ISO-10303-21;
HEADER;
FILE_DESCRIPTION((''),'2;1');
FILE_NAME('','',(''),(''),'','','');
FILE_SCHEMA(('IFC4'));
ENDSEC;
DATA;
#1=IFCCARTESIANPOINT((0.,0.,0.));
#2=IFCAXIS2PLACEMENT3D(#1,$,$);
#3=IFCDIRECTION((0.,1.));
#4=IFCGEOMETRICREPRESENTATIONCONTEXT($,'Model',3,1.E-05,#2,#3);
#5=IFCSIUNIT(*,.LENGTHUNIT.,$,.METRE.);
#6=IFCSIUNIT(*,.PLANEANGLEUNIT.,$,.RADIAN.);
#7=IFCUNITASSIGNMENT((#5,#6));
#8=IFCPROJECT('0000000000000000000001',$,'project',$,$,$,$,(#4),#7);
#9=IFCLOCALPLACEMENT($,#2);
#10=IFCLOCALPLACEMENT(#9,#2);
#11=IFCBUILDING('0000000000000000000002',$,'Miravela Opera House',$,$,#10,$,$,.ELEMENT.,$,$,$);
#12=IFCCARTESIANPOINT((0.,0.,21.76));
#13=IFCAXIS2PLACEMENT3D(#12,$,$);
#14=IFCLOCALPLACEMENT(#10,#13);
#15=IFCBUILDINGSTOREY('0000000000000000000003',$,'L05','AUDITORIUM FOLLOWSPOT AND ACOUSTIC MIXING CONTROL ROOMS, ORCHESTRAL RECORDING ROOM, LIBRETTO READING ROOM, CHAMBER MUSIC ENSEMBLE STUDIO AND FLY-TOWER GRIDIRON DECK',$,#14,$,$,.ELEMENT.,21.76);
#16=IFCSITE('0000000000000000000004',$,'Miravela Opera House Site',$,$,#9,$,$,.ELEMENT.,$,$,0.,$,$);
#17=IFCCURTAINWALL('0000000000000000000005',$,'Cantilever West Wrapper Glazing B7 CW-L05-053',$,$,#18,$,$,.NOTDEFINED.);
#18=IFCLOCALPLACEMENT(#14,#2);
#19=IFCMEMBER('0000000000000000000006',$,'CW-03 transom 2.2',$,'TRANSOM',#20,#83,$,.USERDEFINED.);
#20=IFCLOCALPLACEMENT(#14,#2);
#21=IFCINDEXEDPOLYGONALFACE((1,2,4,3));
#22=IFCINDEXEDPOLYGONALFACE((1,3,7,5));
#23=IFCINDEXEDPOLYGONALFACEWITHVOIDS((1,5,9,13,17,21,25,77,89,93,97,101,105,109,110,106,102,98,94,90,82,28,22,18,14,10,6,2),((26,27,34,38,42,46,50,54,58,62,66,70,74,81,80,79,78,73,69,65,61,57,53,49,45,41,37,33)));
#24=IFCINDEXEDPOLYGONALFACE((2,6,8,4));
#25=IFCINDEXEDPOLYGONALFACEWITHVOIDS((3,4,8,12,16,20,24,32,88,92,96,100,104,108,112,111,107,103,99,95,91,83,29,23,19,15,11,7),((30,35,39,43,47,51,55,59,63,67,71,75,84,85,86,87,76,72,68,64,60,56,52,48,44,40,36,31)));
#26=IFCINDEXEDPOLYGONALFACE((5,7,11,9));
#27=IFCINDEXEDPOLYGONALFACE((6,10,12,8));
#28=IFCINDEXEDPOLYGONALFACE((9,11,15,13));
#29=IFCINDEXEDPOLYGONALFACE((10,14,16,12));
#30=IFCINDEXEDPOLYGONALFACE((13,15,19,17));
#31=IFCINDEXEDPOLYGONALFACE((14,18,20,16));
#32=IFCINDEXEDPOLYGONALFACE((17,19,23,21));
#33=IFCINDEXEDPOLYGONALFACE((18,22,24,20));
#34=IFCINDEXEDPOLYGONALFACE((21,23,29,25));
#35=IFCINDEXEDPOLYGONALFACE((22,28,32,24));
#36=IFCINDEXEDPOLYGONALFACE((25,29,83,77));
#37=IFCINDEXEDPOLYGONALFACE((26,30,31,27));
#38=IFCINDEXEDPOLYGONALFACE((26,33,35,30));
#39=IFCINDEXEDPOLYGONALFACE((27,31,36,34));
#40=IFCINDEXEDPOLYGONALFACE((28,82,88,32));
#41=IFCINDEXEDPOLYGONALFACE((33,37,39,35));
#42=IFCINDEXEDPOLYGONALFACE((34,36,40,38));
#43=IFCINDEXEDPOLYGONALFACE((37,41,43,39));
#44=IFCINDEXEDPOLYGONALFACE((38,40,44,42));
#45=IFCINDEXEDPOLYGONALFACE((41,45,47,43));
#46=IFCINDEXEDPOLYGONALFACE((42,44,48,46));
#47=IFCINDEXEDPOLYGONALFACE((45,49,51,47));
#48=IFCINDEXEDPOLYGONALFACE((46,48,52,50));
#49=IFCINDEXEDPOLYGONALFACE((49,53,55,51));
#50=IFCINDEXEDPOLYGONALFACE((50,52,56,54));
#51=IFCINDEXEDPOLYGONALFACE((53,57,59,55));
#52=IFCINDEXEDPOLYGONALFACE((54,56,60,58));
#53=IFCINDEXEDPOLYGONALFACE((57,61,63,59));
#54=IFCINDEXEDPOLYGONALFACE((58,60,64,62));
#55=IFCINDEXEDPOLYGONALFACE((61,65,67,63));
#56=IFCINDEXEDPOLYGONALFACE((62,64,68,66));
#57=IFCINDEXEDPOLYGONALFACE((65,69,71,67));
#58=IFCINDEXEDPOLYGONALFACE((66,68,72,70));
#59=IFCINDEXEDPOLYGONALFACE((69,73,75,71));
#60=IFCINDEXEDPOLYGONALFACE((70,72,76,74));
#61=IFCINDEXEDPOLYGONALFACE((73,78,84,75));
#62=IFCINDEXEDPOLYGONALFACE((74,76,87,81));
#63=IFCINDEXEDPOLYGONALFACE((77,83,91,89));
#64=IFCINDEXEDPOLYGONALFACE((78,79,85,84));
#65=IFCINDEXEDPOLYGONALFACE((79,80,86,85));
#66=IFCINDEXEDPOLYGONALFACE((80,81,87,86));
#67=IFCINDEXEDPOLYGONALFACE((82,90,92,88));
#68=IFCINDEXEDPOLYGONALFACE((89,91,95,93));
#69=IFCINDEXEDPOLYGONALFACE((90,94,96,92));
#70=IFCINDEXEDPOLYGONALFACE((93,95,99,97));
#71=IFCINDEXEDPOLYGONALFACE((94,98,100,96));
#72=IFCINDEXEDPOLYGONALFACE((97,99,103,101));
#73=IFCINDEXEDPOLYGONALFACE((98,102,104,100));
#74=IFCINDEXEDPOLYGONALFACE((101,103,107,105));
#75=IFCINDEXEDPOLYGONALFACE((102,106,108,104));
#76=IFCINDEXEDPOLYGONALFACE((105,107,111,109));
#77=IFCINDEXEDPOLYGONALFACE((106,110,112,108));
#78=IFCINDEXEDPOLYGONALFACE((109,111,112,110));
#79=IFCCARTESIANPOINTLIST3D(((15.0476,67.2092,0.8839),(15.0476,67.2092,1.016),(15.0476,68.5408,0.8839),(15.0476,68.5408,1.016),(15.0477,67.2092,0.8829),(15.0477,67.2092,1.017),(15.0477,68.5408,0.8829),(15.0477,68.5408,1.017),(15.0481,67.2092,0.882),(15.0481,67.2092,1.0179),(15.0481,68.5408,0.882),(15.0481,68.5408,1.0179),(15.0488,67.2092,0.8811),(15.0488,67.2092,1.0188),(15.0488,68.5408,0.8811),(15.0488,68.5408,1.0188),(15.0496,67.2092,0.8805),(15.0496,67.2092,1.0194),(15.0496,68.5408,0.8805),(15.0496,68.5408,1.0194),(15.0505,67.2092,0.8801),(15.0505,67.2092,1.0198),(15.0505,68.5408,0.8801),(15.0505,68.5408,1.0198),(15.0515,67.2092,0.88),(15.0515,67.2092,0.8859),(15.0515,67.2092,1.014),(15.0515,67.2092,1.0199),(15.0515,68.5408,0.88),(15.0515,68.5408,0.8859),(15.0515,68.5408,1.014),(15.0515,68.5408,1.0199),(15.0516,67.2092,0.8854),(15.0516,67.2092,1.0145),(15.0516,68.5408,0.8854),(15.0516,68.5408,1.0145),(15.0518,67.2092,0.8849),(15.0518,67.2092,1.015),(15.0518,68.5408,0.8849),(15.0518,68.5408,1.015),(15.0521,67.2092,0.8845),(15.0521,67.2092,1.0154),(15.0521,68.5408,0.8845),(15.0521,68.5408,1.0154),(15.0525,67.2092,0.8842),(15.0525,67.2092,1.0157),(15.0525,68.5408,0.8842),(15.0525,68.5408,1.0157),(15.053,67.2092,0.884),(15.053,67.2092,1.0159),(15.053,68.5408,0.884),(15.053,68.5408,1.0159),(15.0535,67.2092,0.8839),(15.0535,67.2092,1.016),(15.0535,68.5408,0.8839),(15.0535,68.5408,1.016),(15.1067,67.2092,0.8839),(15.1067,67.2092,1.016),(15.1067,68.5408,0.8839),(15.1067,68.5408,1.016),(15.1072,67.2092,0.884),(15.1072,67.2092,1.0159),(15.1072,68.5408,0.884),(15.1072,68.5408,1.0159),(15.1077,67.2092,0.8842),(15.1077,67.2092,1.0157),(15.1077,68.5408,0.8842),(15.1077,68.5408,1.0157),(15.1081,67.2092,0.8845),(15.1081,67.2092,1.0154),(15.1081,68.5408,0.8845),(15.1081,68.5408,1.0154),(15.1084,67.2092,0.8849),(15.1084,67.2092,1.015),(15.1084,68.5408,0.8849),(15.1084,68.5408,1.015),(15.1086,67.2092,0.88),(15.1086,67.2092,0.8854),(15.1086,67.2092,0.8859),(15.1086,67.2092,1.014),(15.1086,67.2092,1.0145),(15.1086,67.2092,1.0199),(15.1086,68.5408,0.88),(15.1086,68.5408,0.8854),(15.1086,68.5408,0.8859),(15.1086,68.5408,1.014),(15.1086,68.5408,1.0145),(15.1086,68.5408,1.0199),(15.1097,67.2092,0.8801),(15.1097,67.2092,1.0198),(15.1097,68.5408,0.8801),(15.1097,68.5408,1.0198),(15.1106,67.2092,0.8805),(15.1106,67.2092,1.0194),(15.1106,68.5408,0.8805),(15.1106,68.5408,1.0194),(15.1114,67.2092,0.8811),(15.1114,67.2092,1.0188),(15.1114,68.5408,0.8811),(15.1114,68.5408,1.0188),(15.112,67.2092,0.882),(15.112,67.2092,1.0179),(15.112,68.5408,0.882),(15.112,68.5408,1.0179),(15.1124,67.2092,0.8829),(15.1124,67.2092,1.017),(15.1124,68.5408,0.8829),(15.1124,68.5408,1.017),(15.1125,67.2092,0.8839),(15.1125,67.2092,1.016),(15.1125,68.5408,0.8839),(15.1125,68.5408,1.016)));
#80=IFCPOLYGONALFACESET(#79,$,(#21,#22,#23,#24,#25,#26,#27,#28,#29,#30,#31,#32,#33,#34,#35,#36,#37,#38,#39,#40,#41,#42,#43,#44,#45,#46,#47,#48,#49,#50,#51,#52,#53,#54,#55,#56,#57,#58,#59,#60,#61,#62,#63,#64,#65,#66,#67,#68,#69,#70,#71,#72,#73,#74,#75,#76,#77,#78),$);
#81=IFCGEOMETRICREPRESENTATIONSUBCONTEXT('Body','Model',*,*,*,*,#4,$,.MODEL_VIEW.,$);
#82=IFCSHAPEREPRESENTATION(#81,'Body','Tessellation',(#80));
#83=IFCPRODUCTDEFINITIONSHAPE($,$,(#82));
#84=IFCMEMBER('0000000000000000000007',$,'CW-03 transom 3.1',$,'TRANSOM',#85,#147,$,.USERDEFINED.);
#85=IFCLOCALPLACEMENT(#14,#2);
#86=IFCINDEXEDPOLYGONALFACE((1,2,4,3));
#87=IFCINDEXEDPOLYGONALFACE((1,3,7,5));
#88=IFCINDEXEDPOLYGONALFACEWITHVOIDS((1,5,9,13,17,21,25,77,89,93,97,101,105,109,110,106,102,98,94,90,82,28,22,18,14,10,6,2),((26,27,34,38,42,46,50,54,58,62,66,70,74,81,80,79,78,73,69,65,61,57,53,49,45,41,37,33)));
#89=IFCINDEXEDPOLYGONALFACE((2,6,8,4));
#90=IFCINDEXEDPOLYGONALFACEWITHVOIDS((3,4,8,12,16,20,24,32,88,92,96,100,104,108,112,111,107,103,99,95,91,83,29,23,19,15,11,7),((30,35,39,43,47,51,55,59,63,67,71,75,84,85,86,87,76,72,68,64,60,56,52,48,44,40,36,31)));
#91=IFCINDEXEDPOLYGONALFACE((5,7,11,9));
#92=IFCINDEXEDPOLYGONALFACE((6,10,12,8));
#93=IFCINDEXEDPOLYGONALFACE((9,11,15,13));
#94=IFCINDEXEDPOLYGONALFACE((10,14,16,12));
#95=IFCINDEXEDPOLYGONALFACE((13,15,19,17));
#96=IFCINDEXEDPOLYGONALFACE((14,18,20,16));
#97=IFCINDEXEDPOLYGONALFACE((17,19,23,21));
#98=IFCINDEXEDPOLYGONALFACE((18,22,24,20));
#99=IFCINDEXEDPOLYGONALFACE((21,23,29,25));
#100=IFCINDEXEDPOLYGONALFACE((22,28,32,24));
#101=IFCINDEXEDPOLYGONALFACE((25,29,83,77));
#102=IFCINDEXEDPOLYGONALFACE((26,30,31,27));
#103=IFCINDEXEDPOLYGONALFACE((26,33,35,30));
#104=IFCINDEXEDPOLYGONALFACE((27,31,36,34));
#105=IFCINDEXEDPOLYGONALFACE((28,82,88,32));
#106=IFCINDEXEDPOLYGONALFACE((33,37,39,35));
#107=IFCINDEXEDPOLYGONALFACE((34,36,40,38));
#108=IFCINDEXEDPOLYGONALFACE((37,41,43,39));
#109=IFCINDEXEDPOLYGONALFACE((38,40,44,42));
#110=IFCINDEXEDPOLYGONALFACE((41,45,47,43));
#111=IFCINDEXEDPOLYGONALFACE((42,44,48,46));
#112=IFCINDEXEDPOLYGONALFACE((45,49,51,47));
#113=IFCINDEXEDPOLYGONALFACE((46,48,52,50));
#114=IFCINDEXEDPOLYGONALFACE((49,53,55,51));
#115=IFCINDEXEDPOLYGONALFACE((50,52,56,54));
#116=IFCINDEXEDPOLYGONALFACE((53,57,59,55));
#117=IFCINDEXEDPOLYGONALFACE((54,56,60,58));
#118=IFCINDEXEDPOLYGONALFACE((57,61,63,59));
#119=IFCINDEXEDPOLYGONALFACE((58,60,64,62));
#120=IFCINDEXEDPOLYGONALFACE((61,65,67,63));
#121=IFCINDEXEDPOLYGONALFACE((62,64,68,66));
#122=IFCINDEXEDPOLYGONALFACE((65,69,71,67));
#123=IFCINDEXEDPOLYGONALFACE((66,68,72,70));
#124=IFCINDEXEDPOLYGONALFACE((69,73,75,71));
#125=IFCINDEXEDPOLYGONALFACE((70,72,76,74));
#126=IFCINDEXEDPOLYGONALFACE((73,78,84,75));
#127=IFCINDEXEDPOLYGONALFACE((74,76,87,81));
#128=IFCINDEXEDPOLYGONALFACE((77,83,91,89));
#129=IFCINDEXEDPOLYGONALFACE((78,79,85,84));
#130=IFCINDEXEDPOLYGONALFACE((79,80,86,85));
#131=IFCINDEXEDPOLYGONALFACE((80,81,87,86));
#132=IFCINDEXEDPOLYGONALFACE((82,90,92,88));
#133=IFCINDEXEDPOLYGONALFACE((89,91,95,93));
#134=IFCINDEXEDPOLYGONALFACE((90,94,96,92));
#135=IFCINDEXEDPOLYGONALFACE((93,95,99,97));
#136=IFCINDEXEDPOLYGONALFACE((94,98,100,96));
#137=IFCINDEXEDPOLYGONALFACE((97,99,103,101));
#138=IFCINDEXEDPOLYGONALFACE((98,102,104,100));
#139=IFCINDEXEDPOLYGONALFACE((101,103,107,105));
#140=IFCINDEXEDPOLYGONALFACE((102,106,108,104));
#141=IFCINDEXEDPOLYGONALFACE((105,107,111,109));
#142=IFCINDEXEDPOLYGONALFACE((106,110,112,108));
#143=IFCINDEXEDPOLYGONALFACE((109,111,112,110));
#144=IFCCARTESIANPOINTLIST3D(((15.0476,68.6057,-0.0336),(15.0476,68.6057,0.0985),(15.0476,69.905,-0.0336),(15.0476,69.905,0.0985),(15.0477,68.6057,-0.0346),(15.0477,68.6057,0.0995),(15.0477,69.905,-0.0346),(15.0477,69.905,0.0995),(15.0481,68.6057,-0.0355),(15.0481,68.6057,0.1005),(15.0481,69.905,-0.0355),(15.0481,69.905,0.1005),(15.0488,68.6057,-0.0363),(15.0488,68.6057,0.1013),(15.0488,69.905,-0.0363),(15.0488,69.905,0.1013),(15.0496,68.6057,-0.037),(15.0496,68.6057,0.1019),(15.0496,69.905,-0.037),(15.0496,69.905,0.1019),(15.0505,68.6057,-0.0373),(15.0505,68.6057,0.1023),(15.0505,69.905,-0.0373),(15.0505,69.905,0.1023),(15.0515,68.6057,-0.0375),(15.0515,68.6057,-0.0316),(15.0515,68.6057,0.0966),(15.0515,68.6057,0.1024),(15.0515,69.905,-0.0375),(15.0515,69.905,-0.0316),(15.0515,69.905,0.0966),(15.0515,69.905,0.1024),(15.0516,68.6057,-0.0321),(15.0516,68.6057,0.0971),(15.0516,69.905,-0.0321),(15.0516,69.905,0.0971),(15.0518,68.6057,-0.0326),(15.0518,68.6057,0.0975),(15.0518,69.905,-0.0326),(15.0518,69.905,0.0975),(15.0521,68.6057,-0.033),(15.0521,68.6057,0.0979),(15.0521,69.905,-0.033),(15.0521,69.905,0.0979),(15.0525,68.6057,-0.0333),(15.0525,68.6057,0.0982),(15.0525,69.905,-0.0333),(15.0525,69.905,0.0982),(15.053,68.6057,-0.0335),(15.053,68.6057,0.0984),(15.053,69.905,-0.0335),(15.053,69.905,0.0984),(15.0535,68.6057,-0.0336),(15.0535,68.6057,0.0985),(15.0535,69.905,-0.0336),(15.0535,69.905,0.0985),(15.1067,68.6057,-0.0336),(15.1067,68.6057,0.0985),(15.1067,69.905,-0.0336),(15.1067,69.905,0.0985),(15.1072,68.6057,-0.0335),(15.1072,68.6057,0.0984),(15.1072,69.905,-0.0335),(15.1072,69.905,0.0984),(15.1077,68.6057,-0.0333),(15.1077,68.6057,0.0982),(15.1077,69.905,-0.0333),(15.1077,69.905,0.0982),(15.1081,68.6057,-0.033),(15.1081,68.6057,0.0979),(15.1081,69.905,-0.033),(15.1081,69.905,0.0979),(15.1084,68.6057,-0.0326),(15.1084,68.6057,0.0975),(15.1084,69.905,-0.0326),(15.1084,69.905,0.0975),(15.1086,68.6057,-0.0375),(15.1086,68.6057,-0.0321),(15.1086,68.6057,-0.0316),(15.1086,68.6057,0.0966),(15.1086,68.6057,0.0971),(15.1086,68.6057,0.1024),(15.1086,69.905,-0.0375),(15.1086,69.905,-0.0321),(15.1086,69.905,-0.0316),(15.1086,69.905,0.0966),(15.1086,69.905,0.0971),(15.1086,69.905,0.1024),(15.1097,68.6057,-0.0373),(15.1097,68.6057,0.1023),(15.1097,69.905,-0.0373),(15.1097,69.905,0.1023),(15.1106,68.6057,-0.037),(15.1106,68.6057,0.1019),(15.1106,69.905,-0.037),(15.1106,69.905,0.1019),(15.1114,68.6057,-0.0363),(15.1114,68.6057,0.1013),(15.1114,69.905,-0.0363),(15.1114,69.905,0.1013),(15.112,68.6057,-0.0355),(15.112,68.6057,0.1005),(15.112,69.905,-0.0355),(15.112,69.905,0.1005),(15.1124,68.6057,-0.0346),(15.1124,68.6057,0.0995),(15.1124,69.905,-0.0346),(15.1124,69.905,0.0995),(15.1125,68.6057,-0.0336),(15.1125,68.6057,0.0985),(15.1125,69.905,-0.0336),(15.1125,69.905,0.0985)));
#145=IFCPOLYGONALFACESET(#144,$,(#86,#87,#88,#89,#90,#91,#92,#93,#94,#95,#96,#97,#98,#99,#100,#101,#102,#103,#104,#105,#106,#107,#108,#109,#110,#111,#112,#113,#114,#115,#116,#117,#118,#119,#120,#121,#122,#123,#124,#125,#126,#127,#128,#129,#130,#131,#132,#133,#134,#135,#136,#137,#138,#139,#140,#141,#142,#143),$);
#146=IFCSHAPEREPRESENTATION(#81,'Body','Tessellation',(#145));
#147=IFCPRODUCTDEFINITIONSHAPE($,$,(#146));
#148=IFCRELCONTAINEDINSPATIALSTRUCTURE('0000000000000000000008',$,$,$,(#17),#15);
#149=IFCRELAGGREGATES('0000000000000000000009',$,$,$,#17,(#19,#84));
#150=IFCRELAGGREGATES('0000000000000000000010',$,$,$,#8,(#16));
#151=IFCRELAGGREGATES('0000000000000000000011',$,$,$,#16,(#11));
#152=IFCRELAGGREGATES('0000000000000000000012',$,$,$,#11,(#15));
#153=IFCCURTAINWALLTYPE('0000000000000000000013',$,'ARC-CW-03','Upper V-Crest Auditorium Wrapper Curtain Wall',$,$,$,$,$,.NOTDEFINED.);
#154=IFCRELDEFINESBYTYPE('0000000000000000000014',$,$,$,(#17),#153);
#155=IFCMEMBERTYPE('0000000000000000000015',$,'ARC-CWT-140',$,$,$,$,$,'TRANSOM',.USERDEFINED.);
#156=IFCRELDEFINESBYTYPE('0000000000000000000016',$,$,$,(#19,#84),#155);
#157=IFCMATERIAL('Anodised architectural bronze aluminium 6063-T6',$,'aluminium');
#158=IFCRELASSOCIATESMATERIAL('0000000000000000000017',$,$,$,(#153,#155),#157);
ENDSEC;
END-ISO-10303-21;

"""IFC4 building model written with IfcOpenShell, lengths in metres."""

from ifc_helpers import new_model, si_unit, direction, frame, origin, origin_2d, place, context, subcontext, project, spatial, hollow_rectangle, extrude, material, material_profile, profile_set, type_object, element, aggregate, save


model = new_model("IFC4")

# Units and contexts
model_context = context("Model", 3, precision=1e-05, world=origin(), true_north=direction((0.0, 1.0)))
body_context = subcontext(model_context, "Body", "Model", "MODEL_VIEW")
ifc_project = project(units=[si_unit("LENGTHUNIT", "METRE"), si_unit("PLANEANGLEUNIT", "RADIAN")], contexts=[model_context])

# Site, building, storey
site_placement = place(None, origin())
site = spatial("IfcSite", under=ifc_project, at=site_placement, Name="Miravela Opera House Site", CompositionType="ELEMENT", RefElevation=0.0)
building_placement = place(site_placement, origin())
building = spatial("IfcBuilding", under=site, at=building_placement, Name="Miravela Opera House", CompositionType="ELEMENT")
storey_placement = place(building_placement, frame((0.0, 0.0, 21.76)))
storey = spatial("IfcBuildingStorey", under=building, at=storey_placement, Name="L05", Description="AUDITORIUM FOLLOWSPOT AND ACOUSTIC MIXING CONTROL ROOMS, ORCHESTRAL RECORDING ROOM, LIBRETTO READING ROOM, CHAMBER MUSIC ENSEMBLE STUDIO AND FLY-TOWER GRIDIRON DECK", CompositionType="ELEMENT", Elevation=21.76)

# Curtain wall
ifc_material_1 = material(Name="Anodised architectural bronze aluminium 6063-T6", Category="aluminium")
curtain_wall_type = type_object("IfcCurtainWallType", Name="ARC-CW-03", Description="Upper V-Crest Auditorium Wrapper Curtain Wall", PredefinedType="NOTDEFINED", material=ifc_material_1)
curtain_wall_1_placement = place(storey_placement, origin())
curtain_wall_1 = element("IfcCurtainWall", 1, at=curtain_wall_1_placement, inside=storey, type_object=curtain_wall_type, Name="Cantilever West Wrapper Glazing B7 CW-L05-053", PredefinedType="NOTDEFINED")

# Members
ifc_material_profile_1 = material_profile(ifc_material_1, hollow_rectangle(XDim=0.0649, YDim=0.1399, WallThickness=0.0039, InnerFilletRadius=0.002, OuterFilletRadius=0.0039, at=origin_2d()), Name="CWT-65X140")
ifc_profile_set_1 = profile_set([ifc_material_profile_1])
member_type_1 = type_object("IfcMemberType", Name="ARC-CWT-140", ElementType="TRANSOM", PredefinedType="USERDEFINED", material=ifc_profile_set_1)
member_1_placement = place(storey_placement, frame((15.0801, 67.2092, 0.95), z_axis=(0.0, 1.0, 0.0), x_axis=(-1.0, 0.0, 0.0)))
member_1 = element("IfcMember", 2, at=member_1_placement, type_object=member_type_1, Name="CW-03 transom 2.2", ObjectType="TRANSOM", PredefinedType="USERDEFINED", context=body_context, shape_type="SweptSolid", body=[
    extrude(hollow_rectangle(XDim=0.0649, YDim=0.1399, WallThickness=0.0039, InnerFilletRadius=0.002, OuterFilletRadius=0.0039, at=origin_2d()), origin(), (0.0, 0.0, 1.0), 1.3315),
])
member_2_placement = place(storey_placement, frame((15.0801, 68.6057, 0.0325), z_axis=(0.0, 1.0, 0.0), x_axis=(-1.0, 0.0, 0.0)))
member_2 = element("IfcMember", 3, at=member_2_placement, type_object=member_type_1, Name="CW-03 transom 3.1", ObjectType="TRANSOM", PredefinedType="USERDEFINED", context=body_context, shape_type="SweptSolid", body=[
    extrude(hollow_rectangle(XDim=0.0649, YDim=0.1399, WallThickness=0.0039, InnerFilletRadius=0.002, OuterFilletRadius=0.0039, at=origin_2d()), origin(), (0.0, 0.0, 1.0), 1.2993),
])

aggregate(curtain_wall_1, [member_1, member_2])

save(model, "model.ifc")
